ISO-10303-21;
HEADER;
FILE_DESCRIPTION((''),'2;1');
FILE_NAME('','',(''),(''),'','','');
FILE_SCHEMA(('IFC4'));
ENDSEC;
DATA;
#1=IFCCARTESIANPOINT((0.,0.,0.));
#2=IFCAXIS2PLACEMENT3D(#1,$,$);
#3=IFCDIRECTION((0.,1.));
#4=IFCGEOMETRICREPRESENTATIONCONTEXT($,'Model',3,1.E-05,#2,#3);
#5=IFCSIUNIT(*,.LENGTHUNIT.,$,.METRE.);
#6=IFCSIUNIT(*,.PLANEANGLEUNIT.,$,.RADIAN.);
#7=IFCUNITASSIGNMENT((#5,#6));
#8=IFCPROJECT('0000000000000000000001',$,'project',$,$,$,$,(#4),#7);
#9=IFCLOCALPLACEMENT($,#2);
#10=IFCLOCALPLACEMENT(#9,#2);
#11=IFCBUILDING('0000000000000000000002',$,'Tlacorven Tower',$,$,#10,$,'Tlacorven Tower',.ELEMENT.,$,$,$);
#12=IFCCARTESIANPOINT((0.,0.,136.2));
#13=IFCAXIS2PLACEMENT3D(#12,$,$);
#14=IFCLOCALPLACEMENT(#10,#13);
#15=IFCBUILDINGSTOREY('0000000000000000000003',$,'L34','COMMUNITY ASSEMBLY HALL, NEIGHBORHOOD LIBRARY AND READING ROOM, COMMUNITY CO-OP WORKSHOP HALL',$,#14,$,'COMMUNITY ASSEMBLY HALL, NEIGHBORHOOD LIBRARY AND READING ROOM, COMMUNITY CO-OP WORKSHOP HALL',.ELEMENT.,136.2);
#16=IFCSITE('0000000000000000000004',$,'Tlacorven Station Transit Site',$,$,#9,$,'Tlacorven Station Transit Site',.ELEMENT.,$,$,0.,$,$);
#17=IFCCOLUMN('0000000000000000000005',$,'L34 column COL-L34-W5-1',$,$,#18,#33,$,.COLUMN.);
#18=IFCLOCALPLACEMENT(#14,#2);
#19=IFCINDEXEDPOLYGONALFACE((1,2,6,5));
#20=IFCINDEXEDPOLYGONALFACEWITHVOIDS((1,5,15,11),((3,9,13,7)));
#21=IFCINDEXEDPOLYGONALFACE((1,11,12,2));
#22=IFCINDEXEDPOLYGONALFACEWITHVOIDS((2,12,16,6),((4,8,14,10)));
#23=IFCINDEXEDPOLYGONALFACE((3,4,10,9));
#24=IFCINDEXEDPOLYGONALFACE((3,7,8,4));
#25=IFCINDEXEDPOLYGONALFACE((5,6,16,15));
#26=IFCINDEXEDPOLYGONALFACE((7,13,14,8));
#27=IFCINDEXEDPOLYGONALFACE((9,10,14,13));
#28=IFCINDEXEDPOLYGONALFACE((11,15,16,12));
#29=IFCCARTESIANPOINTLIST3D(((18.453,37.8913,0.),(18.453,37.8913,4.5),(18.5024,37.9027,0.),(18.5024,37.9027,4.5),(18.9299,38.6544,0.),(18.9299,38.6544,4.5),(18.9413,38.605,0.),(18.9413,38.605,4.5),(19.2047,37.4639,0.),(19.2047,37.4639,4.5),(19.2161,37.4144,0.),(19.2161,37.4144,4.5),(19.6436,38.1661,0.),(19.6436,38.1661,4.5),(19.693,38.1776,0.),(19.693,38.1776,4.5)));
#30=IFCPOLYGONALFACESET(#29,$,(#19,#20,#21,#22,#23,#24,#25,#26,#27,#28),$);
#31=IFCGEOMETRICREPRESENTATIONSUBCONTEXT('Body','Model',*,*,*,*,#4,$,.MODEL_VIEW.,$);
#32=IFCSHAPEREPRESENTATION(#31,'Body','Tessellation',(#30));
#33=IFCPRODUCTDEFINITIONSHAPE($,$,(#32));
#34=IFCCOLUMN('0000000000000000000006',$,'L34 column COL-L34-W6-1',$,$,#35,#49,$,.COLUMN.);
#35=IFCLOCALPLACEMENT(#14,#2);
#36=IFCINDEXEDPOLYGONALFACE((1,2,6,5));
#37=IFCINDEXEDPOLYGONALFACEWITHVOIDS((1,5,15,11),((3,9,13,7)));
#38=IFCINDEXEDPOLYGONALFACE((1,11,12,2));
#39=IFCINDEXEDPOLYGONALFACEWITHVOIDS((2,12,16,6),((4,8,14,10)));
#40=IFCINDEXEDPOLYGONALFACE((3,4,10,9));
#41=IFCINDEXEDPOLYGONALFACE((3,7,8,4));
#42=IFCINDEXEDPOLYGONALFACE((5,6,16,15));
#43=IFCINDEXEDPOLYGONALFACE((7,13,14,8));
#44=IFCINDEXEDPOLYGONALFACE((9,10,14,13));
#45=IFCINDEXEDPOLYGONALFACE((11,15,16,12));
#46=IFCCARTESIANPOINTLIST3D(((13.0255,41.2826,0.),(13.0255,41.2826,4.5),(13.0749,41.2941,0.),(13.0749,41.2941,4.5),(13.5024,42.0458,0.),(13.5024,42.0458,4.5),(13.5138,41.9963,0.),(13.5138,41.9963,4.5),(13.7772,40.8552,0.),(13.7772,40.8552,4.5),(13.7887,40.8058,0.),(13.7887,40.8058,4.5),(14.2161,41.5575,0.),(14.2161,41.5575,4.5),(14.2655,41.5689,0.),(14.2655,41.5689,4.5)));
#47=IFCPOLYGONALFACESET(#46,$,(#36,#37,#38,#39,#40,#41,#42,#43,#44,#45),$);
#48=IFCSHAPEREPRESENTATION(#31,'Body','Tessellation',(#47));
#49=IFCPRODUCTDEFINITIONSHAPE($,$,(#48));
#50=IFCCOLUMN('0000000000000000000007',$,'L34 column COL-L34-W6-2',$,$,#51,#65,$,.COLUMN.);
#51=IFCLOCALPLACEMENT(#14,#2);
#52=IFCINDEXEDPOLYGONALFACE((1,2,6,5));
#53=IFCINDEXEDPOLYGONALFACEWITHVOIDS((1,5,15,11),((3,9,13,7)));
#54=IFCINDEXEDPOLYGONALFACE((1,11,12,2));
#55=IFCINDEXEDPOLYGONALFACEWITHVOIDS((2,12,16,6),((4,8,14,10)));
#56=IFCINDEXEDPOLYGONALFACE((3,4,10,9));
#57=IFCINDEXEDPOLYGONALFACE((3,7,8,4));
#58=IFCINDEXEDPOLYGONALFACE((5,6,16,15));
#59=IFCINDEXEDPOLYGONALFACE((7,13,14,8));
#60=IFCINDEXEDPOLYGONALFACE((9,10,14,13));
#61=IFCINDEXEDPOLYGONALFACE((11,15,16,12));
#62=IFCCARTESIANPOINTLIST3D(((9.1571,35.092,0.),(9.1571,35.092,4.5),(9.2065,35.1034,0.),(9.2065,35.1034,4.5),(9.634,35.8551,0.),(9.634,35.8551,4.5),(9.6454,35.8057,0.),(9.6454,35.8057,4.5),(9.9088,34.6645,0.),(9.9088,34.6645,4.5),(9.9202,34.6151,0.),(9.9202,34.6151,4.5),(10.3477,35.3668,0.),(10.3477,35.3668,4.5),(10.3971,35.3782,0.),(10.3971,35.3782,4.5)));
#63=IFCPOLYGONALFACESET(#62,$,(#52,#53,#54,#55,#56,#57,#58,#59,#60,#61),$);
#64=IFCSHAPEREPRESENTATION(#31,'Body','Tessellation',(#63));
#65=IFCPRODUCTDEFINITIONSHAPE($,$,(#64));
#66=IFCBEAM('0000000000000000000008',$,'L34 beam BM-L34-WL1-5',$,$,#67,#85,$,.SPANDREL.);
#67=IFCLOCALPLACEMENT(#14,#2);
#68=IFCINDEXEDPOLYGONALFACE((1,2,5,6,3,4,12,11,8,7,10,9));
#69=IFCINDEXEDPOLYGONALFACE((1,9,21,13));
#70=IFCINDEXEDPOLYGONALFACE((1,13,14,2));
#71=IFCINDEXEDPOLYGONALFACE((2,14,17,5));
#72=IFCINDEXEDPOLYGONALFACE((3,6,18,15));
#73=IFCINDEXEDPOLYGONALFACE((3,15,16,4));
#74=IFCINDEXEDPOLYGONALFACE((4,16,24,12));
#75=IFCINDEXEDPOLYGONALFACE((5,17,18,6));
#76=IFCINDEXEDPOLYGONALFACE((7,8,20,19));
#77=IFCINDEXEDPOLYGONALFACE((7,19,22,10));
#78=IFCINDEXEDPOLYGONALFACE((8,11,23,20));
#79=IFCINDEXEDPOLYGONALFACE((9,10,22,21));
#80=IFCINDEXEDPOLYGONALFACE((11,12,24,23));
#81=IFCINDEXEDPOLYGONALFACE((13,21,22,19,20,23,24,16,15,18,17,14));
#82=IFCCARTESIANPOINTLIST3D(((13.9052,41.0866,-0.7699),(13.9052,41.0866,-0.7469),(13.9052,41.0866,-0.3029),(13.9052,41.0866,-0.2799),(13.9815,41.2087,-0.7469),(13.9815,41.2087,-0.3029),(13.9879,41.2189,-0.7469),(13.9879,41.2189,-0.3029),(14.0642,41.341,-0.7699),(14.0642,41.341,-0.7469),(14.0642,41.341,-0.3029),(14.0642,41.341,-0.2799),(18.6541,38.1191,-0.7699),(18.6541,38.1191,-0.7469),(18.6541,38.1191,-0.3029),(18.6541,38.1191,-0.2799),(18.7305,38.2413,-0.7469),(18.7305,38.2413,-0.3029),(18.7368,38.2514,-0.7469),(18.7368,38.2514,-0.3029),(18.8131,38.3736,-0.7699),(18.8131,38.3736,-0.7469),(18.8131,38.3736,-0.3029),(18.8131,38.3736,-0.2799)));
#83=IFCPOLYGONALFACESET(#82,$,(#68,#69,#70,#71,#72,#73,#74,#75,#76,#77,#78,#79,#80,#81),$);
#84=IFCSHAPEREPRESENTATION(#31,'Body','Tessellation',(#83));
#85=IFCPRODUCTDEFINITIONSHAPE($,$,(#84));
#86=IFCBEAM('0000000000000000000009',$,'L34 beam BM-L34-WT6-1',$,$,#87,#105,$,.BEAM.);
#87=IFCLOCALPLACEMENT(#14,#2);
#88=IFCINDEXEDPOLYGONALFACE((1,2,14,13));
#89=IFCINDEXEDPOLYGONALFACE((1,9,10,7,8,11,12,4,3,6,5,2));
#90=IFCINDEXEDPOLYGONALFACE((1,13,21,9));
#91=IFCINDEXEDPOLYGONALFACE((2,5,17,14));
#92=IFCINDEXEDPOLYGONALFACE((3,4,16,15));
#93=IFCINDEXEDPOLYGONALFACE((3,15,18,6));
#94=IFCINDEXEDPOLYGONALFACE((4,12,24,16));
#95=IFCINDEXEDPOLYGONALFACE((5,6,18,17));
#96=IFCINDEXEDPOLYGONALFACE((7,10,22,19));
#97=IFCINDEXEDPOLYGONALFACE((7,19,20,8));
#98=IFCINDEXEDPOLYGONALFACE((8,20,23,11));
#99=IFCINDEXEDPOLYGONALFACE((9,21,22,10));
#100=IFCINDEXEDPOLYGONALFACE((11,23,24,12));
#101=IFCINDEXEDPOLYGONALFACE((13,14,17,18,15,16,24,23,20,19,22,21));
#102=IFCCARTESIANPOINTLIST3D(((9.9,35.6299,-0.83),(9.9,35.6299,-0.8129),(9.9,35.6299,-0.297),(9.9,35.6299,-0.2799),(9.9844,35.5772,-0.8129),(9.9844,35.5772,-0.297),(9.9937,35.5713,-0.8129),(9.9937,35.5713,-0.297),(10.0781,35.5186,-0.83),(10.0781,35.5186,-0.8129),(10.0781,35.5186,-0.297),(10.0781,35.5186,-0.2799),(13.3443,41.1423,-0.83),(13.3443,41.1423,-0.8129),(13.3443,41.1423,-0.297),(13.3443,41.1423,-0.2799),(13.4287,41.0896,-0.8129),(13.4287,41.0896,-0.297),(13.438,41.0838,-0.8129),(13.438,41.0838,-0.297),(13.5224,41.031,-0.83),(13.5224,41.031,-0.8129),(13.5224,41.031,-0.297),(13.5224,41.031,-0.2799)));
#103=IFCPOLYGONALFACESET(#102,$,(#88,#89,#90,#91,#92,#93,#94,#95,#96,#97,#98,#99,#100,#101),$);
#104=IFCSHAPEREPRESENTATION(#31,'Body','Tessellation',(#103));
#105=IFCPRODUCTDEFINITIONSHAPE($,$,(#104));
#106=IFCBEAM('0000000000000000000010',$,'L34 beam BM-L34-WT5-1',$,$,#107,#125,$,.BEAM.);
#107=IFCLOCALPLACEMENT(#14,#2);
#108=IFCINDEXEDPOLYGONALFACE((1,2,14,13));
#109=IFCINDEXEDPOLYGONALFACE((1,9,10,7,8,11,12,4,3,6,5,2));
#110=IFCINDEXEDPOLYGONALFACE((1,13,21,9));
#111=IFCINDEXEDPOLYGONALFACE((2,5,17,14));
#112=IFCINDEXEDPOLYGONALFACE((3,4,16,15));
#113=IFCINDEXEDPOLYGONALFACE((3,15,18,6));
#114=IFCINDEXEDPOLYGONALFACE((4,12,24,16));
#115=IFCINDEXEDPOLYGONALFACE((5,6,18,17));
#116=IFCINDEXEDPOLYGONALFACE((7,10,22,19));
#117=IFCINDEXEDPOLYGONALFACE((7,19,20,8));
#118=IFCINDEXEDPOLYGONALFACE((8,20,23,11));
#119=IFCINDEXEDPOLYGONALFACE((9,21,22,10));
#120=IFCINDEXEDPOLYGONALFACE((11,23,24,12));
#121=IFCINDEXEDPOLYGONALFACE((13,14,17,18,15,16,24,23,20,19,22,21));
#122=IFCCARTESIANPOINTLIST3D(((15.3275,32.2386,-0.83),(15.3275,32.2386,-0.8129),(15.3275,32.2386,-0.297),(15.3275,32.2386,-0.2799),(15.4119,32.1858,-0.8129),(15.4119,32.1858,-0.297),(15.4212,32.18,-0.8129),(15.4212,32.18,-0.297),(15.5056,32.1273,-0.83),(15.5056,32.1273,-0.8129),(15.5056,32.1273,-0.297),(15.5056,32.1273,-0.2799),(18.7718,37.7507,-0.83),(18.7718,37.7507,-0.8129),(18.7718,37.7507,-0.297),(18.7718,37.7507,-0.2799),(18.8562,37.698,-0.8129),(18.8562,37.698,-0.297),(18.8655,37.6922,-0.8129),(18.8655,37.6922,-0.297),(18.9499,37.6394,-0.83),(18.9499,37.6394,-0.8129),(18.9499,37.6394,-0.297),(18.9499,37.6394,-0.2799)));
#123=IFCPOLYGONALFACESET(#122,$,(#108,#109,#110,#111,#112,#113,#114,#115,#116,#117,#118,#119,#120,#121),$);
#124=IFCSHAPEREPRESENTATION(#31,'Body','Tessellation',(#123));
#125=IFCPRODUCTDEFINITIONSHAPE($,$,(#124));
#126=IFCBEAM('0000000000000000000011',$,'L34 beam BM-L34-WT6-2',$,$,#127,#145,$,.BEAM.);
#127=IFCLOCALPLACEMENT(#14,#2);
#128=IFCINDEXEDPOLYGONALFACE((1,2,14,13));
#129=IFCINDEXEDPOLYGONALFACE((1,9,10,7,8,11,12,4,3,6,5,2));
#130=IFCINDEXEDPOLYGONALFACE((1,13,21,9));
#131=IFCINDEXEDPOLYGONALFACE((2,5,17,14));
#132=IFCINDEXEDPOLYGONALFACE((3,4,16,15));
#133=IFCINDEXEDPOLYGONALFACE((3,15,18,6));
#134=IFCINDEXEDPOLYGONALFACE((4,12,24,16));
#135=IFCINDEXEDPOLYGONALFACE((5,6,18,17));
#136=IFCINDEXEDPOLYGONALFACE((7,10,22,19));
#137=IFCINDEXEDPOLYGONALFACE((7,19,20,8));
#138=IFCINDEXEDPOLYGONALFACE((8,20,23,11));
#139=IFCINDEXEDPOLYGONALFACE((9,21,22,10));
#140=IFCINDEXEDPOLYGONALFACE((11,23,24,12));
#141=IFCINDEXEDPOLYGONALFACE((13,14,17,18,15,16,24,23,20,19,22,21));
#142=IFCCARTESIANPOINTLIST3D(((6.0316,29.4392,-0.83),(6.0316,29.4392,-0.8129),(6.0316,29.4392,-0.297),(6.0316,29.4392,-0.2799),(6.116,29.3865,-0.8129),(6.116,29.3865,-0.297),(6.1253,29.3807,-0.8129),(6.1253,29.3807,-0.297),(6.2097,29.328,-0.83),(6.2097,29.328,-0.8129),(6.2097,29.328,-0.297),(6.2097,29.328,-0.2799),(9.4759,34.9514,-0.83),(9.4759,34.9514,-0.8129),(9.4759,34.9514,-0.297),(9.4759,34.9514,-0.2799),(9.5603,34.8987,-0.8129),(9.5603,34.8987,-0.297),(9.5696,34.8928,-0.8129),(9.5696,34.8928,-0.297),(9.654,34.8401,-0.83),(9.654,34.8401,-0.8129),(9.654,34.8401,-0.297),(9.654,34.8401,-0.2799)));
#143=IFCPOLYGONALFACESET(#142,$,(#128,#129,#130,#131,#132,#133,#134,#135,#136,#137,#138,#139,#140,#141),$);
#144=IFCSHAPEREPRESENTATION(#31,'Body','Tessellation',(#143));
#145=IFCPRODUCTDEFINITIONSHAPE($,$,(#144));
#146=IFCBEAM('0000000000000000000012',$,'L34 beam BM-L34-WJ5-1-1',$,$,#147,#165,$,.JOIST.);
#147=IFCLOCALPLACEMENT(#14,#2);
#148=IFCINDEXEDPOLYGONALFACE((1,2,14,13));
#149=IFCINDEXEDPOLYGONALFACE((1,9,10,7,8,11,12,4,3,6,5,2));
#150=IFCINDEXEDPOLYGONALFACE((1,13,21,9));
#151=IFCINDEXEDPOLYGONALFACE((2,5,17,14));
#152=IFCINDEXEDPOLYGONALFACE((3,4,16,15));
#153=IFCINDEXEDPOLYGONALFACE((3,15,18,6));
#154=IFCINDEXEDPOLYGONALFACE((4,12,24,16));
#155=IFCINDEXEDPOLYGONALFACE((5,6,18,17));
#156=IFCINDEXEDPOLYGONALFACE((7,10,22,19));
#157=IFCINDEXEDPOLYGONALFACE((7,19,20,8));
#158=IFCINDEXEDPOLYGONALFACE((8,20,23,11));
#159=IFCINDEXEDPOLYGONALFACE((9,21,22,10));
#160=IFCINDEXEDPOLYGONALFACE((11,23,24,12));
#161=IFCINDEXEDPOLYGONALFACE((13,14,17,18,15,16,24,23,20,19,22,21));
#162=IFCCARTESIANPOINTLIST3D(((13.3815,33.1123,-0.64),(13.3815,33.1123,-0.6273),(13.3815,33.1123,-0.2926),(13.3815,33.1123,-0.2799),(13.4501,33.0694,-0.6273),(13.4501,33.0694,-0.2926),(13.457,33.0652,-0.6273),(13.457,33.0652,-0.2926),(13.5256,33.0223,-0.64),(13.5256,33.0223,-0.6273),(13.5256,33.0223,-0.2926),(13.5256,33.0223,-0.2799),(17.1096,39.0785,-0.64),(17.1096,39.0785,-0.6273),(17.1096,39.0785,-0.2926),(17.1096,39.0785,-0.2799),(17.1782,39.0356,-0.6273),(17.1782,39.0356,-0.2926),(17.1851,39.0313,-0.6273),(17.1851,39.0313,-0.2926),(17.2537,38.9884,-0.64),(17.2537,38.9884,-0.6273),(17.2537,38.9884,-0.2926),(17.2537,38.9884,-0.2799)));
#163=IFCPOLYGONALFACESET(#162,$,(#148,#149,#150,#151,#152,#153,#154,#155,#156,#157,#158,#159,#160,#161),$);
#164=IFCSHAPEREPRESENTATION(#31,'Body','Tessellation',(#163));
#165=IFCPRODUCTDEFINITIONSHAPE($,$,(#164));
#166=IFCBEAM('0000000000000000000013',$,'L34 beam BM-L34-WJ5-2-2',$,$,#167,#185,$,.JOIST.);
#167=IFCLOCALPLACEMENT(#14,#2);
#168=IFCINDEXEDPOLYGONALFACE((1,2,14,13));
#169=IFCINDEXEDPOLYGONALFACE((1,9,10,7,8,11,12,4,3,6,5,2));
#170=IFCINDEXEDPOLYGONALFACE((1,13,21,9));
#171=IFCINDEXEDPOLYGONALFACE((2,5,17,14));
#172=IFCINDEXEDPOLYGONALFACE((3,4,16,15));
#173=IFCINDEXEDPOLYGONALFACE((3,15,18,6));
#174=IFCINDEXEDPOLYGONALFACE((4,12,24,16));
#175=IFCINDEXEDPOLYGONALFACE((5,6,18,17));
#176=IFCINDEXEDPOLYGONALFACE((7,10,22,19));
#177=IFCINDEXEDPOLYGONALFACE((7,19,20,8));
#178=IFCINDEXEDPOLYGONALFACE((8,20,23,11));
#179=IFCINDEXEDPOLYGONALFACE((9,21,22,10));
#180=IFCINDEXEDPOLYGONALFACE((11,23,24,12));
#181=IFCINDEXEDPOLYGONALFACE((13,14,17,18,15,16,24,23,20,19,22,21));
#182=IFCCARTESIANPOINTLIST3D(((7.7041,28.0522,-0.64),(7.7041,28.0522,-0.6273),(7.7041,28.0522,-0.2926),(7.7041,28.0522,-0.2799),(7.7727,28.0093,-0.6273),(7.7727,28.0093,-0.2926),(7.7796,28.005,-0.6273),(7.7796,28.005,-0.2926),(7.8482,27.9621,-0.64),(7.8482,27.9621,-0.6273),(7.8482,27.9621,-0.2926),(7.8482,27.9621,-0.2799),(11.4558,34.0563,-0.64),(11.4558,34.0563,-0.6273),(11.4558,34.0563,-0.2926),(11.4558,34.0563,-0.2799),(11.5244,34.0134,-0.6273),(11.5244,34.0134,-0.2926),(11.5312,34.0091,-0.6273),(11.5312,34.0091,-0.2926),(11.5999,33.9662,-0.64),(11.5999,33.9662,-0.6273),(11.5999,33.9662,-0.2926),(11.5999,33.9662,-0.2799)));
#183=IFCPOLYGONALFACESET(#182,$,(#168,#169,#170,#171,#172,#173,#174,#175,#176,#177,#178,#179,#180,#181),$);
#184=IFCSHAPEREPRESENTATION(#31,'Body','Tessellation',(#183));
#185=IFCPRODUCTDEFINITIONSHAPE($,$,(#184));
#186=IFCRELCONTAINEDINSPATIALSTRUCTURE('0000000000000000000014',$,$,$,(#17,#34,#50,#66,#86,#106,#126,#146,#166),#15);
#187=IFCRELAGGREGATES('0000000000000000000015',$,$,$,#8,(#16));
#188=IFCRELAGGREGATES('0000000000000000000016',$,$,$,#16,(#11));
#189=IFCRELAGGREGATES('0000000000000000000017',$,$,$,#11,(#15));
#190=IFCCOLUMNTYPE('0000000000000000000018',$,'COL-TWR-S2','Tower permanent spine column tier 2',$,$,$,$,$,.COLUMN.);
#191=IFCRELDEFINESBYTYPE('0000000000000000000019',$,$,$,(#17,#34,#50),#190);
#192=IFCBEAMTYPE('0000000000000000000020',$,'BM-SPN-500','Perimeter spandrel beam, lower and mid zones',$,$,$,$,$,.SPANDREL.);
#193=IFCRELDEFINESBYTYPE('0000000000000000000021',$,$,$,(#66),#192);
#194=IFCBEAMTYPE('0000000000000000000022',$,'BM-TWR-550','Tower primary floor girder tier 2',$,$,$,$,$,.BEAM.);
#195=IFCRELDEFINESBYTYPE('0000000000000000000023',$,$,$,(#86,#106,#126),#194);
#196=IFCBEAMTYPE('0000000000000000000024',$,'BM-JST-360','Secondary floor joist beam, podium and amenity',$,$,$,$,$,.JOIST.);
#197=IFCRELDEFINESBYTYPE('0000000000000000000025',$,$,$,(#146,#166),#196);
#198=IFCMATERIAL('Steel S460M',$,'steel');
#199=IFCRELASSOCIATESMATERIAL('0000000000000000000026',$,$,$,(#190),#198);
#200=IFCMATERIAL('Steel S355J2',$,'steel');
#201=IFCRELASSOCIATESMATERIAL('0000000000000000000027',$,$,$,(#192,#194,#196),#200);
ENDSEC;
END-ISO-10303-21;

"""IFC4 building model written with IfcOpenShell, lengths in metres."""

from ifc_helpers import new_model, si_unit, direction, frame, origin, origin_2d, place, context, subcontext, project, spatial, hollow_rectangle, i_section, extrude, source, transform, mapped, material, material_profile, profile_set, type_object, element, save


model = new_model("IFC4")

# Units and contexts
model_context = context("Model", 3, precision=1e-05, world=origin(), true_north=direction((0.0, 1.0)))
body_context = subcontext(model_context, "Body", "Model", "MODEL_VIEW")
ifc_project = project(units=[si_unit("LENGTHUNIT", "METRE"), si_unit("PLANEANGLEUNIT", "RADIAN")], contexts=[model_context])

# Site, building, storey
site_placement = place(None, origin())
site = spatial("IfcSite", under=ifc_project, at=site_placement, Name="Tlacorven Station Transit Site", LongName="Tlacorven Station Transit Site", CompositionType="ELEMENT", RefElevation=0.0)
building_placement = place(site_placement, origin())
building = spatial("IfcBuilding", under=site, at=building_placement, Name="Tlacorven Tower", LongName="Tlacorven Tower", CompositionType="ELEMENT")
storey_placement = place(building_placement, frame((0.0, 0.0, 136.2)))
storey = spatial("IfcBuildingStorey", under=building, at=storey_placement, Name="L34", Description="COMMUNITY ASSEMBLY HALL, NEIGHBORHOOD LIBRARY AND READING ROOM, COMMUNITY CO-OP WORKSHOP HALL", LongName="COMMUNITY ASSEMBLY HALL, NEIGHBORHOOD LIBRARY AND READING ROOM, COMMUNITY CO-OP WORKSHOP HALL", CompositionType="ELEMENT", Elevation=136.2)

# Columns
ifc_material_1 = material(Name="Steel S460M", Category="steel")
ifc_material_profile_1 = material_profile(ifc_material_1, hollow_rectangle(XDim=0.8999, YDim=0.8999, WallThickness=0.0359, at=origin_2d()), Name="BOX 900X900X36")
ifc_profile_set_1 = profile_set([ifc_material_profile_1], Name="Steel S460M")
column_type = type_object("IfcColumnType", Name="COL-TWR-S2", Description="Tower permanent spine column tier 2", PredefinedType="COLUMN", material=ifc_profile_set_1)
shared_shape_1 = source(origin(), body_context, "Body", "SweptSolid", [
    extrude(hollow_rectangle(XDim=0.8999, YDim=0.8999, WallThickness=0.0359, at=origin_2d()), origin(), (0.0, 0.0, 1.0), 4.5),
])
for number, where, z_axis, x_axis, name in (
    (1, (19.073, 38.0344, 0.0), (0.0, 0.0, 1.0), (-0.848048, 0.529919, 0.0), "L34 column COL-L34-W5-1"),
    (2, (13.6455, 41.4258, 0.0), (0.0, 0.0, 1.0), (-0.848048, 0.529919, 0.0), "L34 column COL-L34-W6-1"),
    (3, (9.7771, 35.2351, 0.0), (0.0, 0.0, 1.0), (-0.848048, 0.529919, 0.0), "L34 column COL-L34-W6-2"),
):
    element("IfcColumn", number, at=place(storey_placement, frame(where, z_axis=z_axis, x_axis=x_axis)), inside=storey, type_object=column_type, Name=name, PredefinedType="COLUMN", context=body_context, shape_type="MappedRepresentation", body=[
        mapped(shared_shape_1, transform((0.0, 0.0, 0.0), scale=1.0)),
    ])

# Beams
ifc_material_2 = material(Name="Steel S355J2", Category="steel")
ifc_material_profile_2 = material_profile(ifc_material_2, i_section(OverallWidth=0.3, OverallDepth=0.49, WebThickness=0.012, FlangeThickness=0.0229, at=origin_2d()), Name="HEA 500")
ifc_profile_set_2 = profile_set([ifc_material_profile_2], Name="Steel S355J2")
beam_type_1 = type_object("IfcBeamType", Name="BM-SPN-500", Description="Perimeter spandrel beam, lower and mid zones", PredefinedType="SPANDREL", material=ifc_profile_set_2)
shared_shape_2 = source(origin(), body_context, "Body", "SweptSolid", [
    extrude(i_section(OverallWidth=0.3, OverallDepth=0.49, WebThickness=0.012, FlangeThickness=0.0229, at=origin_2d()), origin(), (0.0, 0.0, 1.0), 5.5999),
])
beam_1_placement = place(storey_placement, frame((18.7336, 38.2463, -0.5249), z_axis=(-0.848047, 0.529921, 0.0), x_axis=(-0.529921, -0.848047, 0.0)))
element("IfcBeam", 4, at=beam_1_placement, inside=storey, type_object=beam_type_1, Name="L34 beam BM-L34-WL1-5", PredefinedType="SPANDREL", context=body_context, shape_type="MappedRepresentation", body=[
    mapped(shared_shape_2, transform((0.0, 0.0, 0.0), scale=1.0)),
])
ifc_material_profile_3 = material_profile(ifc_material_2, i_section(OverallWidth=0.21, OverallDepth=0.55, WebThickness=0.011, FlangeThickness=0.0171, at=origin_2d()), Name="IPE 550")
ifc_profile_set_3 = profile_set([ifc_material_profile_3], Name="Steel S355J2")
beam_type_2 = type_object("IfcBeamType", Name="BM-TWR-550", Description="Tower primary floor girder tier 2", PredefinedType="BEAM", material=ifc_profile_set_3)
shared_shape_3 = source(origin(), body_context, "Body", "SweptSolid", [
    extrude(i_section(OverallWidth=0.21, OverallDepth=0.55, WebThickness=0.011, FlangeThickness=0.0171, at=origin_2d()), origin(), (0.0, 0.0, 1.0), 6.5),
])
beam_2_placement = place(storey_placement, frame((13.4333, 41.0867, -0.5549), z_axis=(-0.529894, -0.848064, 0.0), x_axis=(0.848064, -0.529894, 0.0)))
element("IfcBeam", 5, at=beam_2_placement, inside=storey, type_object=beam_type_2, Name="L34 beam BM-L34-WT6-1", PredefinedType="BEAM", context=body_context, shape_type="MappedRepresentation", body=[
    mapped(shared_shape_3, transform((0.0, 0.0, 0.0), scale=1.0)),
])
shared_shape_4 = source(origin(), body_context, "Body", "SweptSolid", [
    extrude(i_section(OverallWidth=0.21, OverallDepth=0.55, WebThickness=0.011, FlangeThickness=0.0171, at=origin_2d()), origin(), (0.0, 0.0, 1.0), 6.4998),
])
for number, where, z_axis, x_axis, name in (
    (6, (18.8608, 37.6951, -0.5549), (-0.529911, -0.848053, 0.0), (0.848053, -0.529911, 0.0), "L34 beam BM-L34-WT5-1"),
    (7, (9.5649, 34.8958, -0.5549), (-0.529911, -0.848053, 0.0), (0.848053, -0.529911, 0.0), "L34 beam BM-L34-WT6-2"),
):
    element("IfcBeam", number, at=place(storey_placement, frame(where, z_axis=z_axis, x_axis=x_axis)), inside=storey, type_object=beam_type_2, Name=name, PredefinedType="BEAM", context=body_context, shape_type="MappedRepresentation", body=[
        mapped(shared_shape_4, transform((0.0, 0.0, 0.0), scale=1.0)),
    ])
ifc_material_profile_4 = material_profile(ifc_material_2, i_section(OverallWidth=0.1699, OverallDepth=0.3601, WebThickness=0.0081, FlangeThickness=0.0127, at=origin_2d()), Name="IPE 360")
ifc_profile_set_4 = profile_set([ifc_material_profile_4], Name="Steel S355J2")
beam_type_3 = type_object("IfcBeamType", Name="BM-JST-360", Description="Secondary floor joist beam, podium and amenity", PredefinedType="JOIST", material=ifc_profile_set_4)
shared_shape_5 = source(origin(), body_context, "Body", "SweptSolid", [
    extrude(i_section(OverallWidth=0.1699, OverallDepth=0.3601, WebThickness=0.0081, FlangeThickness=0.0127, at=origin_2d()), origin(), (0.0, 0.0, 1.0), 7.0352),
])
beam_3_placement = place(storey_placement, frame((17.1816, 39.0334, -0.46), z_axis=(-0.529921, -0.848047, 0.0), x_axis=(0.848047, -0.529921, 0.0)))
element("IfcBeam", 8, at=beam_3_placement, inside=storey, type_object=beam_type_3, Name="L34 beam BM-L34-WJ5-1-1", PredefinedType="JOIST", context=body_context, shape_type="MappedRepresentation", body=[
    mapped(shared_shape_5, transform((0.0, 0.0, 0.0), scale=1.0)),
])
shared_shape_6 = source(origin(), body_context, "Body", "SweptSolid", [
    extrude(i_section(OverallWidth=0.1699, OverallDepth=0.3601, WebThickness=0.0081, FlangeThickness=0.0127, at=origin_2d()), origin(), (0.0, 0.0, 1.0), 7.0798),
])
beam_4_placement = place(storey_placement, frame((11.5278, 34.0112, -0.46), z_axis=(-0.529909, -0.848054, 0.0), x_axis=(0.848054, -0.529909, 0.0)))
element("IfcBeam", 9, at=beam_4_placement, inside=storey, type_object=beam_type_3, Name="L34 beam BM-L34-WJ5-2-2", PredefinedType="JOIST", context=body_context, shape_type="MappedRepresentation", body=[
    mapped(shared_shape_6, transform((0.0, 0.0, 0.0), scale=1.0)),
])

save(model, "model.ifc")
